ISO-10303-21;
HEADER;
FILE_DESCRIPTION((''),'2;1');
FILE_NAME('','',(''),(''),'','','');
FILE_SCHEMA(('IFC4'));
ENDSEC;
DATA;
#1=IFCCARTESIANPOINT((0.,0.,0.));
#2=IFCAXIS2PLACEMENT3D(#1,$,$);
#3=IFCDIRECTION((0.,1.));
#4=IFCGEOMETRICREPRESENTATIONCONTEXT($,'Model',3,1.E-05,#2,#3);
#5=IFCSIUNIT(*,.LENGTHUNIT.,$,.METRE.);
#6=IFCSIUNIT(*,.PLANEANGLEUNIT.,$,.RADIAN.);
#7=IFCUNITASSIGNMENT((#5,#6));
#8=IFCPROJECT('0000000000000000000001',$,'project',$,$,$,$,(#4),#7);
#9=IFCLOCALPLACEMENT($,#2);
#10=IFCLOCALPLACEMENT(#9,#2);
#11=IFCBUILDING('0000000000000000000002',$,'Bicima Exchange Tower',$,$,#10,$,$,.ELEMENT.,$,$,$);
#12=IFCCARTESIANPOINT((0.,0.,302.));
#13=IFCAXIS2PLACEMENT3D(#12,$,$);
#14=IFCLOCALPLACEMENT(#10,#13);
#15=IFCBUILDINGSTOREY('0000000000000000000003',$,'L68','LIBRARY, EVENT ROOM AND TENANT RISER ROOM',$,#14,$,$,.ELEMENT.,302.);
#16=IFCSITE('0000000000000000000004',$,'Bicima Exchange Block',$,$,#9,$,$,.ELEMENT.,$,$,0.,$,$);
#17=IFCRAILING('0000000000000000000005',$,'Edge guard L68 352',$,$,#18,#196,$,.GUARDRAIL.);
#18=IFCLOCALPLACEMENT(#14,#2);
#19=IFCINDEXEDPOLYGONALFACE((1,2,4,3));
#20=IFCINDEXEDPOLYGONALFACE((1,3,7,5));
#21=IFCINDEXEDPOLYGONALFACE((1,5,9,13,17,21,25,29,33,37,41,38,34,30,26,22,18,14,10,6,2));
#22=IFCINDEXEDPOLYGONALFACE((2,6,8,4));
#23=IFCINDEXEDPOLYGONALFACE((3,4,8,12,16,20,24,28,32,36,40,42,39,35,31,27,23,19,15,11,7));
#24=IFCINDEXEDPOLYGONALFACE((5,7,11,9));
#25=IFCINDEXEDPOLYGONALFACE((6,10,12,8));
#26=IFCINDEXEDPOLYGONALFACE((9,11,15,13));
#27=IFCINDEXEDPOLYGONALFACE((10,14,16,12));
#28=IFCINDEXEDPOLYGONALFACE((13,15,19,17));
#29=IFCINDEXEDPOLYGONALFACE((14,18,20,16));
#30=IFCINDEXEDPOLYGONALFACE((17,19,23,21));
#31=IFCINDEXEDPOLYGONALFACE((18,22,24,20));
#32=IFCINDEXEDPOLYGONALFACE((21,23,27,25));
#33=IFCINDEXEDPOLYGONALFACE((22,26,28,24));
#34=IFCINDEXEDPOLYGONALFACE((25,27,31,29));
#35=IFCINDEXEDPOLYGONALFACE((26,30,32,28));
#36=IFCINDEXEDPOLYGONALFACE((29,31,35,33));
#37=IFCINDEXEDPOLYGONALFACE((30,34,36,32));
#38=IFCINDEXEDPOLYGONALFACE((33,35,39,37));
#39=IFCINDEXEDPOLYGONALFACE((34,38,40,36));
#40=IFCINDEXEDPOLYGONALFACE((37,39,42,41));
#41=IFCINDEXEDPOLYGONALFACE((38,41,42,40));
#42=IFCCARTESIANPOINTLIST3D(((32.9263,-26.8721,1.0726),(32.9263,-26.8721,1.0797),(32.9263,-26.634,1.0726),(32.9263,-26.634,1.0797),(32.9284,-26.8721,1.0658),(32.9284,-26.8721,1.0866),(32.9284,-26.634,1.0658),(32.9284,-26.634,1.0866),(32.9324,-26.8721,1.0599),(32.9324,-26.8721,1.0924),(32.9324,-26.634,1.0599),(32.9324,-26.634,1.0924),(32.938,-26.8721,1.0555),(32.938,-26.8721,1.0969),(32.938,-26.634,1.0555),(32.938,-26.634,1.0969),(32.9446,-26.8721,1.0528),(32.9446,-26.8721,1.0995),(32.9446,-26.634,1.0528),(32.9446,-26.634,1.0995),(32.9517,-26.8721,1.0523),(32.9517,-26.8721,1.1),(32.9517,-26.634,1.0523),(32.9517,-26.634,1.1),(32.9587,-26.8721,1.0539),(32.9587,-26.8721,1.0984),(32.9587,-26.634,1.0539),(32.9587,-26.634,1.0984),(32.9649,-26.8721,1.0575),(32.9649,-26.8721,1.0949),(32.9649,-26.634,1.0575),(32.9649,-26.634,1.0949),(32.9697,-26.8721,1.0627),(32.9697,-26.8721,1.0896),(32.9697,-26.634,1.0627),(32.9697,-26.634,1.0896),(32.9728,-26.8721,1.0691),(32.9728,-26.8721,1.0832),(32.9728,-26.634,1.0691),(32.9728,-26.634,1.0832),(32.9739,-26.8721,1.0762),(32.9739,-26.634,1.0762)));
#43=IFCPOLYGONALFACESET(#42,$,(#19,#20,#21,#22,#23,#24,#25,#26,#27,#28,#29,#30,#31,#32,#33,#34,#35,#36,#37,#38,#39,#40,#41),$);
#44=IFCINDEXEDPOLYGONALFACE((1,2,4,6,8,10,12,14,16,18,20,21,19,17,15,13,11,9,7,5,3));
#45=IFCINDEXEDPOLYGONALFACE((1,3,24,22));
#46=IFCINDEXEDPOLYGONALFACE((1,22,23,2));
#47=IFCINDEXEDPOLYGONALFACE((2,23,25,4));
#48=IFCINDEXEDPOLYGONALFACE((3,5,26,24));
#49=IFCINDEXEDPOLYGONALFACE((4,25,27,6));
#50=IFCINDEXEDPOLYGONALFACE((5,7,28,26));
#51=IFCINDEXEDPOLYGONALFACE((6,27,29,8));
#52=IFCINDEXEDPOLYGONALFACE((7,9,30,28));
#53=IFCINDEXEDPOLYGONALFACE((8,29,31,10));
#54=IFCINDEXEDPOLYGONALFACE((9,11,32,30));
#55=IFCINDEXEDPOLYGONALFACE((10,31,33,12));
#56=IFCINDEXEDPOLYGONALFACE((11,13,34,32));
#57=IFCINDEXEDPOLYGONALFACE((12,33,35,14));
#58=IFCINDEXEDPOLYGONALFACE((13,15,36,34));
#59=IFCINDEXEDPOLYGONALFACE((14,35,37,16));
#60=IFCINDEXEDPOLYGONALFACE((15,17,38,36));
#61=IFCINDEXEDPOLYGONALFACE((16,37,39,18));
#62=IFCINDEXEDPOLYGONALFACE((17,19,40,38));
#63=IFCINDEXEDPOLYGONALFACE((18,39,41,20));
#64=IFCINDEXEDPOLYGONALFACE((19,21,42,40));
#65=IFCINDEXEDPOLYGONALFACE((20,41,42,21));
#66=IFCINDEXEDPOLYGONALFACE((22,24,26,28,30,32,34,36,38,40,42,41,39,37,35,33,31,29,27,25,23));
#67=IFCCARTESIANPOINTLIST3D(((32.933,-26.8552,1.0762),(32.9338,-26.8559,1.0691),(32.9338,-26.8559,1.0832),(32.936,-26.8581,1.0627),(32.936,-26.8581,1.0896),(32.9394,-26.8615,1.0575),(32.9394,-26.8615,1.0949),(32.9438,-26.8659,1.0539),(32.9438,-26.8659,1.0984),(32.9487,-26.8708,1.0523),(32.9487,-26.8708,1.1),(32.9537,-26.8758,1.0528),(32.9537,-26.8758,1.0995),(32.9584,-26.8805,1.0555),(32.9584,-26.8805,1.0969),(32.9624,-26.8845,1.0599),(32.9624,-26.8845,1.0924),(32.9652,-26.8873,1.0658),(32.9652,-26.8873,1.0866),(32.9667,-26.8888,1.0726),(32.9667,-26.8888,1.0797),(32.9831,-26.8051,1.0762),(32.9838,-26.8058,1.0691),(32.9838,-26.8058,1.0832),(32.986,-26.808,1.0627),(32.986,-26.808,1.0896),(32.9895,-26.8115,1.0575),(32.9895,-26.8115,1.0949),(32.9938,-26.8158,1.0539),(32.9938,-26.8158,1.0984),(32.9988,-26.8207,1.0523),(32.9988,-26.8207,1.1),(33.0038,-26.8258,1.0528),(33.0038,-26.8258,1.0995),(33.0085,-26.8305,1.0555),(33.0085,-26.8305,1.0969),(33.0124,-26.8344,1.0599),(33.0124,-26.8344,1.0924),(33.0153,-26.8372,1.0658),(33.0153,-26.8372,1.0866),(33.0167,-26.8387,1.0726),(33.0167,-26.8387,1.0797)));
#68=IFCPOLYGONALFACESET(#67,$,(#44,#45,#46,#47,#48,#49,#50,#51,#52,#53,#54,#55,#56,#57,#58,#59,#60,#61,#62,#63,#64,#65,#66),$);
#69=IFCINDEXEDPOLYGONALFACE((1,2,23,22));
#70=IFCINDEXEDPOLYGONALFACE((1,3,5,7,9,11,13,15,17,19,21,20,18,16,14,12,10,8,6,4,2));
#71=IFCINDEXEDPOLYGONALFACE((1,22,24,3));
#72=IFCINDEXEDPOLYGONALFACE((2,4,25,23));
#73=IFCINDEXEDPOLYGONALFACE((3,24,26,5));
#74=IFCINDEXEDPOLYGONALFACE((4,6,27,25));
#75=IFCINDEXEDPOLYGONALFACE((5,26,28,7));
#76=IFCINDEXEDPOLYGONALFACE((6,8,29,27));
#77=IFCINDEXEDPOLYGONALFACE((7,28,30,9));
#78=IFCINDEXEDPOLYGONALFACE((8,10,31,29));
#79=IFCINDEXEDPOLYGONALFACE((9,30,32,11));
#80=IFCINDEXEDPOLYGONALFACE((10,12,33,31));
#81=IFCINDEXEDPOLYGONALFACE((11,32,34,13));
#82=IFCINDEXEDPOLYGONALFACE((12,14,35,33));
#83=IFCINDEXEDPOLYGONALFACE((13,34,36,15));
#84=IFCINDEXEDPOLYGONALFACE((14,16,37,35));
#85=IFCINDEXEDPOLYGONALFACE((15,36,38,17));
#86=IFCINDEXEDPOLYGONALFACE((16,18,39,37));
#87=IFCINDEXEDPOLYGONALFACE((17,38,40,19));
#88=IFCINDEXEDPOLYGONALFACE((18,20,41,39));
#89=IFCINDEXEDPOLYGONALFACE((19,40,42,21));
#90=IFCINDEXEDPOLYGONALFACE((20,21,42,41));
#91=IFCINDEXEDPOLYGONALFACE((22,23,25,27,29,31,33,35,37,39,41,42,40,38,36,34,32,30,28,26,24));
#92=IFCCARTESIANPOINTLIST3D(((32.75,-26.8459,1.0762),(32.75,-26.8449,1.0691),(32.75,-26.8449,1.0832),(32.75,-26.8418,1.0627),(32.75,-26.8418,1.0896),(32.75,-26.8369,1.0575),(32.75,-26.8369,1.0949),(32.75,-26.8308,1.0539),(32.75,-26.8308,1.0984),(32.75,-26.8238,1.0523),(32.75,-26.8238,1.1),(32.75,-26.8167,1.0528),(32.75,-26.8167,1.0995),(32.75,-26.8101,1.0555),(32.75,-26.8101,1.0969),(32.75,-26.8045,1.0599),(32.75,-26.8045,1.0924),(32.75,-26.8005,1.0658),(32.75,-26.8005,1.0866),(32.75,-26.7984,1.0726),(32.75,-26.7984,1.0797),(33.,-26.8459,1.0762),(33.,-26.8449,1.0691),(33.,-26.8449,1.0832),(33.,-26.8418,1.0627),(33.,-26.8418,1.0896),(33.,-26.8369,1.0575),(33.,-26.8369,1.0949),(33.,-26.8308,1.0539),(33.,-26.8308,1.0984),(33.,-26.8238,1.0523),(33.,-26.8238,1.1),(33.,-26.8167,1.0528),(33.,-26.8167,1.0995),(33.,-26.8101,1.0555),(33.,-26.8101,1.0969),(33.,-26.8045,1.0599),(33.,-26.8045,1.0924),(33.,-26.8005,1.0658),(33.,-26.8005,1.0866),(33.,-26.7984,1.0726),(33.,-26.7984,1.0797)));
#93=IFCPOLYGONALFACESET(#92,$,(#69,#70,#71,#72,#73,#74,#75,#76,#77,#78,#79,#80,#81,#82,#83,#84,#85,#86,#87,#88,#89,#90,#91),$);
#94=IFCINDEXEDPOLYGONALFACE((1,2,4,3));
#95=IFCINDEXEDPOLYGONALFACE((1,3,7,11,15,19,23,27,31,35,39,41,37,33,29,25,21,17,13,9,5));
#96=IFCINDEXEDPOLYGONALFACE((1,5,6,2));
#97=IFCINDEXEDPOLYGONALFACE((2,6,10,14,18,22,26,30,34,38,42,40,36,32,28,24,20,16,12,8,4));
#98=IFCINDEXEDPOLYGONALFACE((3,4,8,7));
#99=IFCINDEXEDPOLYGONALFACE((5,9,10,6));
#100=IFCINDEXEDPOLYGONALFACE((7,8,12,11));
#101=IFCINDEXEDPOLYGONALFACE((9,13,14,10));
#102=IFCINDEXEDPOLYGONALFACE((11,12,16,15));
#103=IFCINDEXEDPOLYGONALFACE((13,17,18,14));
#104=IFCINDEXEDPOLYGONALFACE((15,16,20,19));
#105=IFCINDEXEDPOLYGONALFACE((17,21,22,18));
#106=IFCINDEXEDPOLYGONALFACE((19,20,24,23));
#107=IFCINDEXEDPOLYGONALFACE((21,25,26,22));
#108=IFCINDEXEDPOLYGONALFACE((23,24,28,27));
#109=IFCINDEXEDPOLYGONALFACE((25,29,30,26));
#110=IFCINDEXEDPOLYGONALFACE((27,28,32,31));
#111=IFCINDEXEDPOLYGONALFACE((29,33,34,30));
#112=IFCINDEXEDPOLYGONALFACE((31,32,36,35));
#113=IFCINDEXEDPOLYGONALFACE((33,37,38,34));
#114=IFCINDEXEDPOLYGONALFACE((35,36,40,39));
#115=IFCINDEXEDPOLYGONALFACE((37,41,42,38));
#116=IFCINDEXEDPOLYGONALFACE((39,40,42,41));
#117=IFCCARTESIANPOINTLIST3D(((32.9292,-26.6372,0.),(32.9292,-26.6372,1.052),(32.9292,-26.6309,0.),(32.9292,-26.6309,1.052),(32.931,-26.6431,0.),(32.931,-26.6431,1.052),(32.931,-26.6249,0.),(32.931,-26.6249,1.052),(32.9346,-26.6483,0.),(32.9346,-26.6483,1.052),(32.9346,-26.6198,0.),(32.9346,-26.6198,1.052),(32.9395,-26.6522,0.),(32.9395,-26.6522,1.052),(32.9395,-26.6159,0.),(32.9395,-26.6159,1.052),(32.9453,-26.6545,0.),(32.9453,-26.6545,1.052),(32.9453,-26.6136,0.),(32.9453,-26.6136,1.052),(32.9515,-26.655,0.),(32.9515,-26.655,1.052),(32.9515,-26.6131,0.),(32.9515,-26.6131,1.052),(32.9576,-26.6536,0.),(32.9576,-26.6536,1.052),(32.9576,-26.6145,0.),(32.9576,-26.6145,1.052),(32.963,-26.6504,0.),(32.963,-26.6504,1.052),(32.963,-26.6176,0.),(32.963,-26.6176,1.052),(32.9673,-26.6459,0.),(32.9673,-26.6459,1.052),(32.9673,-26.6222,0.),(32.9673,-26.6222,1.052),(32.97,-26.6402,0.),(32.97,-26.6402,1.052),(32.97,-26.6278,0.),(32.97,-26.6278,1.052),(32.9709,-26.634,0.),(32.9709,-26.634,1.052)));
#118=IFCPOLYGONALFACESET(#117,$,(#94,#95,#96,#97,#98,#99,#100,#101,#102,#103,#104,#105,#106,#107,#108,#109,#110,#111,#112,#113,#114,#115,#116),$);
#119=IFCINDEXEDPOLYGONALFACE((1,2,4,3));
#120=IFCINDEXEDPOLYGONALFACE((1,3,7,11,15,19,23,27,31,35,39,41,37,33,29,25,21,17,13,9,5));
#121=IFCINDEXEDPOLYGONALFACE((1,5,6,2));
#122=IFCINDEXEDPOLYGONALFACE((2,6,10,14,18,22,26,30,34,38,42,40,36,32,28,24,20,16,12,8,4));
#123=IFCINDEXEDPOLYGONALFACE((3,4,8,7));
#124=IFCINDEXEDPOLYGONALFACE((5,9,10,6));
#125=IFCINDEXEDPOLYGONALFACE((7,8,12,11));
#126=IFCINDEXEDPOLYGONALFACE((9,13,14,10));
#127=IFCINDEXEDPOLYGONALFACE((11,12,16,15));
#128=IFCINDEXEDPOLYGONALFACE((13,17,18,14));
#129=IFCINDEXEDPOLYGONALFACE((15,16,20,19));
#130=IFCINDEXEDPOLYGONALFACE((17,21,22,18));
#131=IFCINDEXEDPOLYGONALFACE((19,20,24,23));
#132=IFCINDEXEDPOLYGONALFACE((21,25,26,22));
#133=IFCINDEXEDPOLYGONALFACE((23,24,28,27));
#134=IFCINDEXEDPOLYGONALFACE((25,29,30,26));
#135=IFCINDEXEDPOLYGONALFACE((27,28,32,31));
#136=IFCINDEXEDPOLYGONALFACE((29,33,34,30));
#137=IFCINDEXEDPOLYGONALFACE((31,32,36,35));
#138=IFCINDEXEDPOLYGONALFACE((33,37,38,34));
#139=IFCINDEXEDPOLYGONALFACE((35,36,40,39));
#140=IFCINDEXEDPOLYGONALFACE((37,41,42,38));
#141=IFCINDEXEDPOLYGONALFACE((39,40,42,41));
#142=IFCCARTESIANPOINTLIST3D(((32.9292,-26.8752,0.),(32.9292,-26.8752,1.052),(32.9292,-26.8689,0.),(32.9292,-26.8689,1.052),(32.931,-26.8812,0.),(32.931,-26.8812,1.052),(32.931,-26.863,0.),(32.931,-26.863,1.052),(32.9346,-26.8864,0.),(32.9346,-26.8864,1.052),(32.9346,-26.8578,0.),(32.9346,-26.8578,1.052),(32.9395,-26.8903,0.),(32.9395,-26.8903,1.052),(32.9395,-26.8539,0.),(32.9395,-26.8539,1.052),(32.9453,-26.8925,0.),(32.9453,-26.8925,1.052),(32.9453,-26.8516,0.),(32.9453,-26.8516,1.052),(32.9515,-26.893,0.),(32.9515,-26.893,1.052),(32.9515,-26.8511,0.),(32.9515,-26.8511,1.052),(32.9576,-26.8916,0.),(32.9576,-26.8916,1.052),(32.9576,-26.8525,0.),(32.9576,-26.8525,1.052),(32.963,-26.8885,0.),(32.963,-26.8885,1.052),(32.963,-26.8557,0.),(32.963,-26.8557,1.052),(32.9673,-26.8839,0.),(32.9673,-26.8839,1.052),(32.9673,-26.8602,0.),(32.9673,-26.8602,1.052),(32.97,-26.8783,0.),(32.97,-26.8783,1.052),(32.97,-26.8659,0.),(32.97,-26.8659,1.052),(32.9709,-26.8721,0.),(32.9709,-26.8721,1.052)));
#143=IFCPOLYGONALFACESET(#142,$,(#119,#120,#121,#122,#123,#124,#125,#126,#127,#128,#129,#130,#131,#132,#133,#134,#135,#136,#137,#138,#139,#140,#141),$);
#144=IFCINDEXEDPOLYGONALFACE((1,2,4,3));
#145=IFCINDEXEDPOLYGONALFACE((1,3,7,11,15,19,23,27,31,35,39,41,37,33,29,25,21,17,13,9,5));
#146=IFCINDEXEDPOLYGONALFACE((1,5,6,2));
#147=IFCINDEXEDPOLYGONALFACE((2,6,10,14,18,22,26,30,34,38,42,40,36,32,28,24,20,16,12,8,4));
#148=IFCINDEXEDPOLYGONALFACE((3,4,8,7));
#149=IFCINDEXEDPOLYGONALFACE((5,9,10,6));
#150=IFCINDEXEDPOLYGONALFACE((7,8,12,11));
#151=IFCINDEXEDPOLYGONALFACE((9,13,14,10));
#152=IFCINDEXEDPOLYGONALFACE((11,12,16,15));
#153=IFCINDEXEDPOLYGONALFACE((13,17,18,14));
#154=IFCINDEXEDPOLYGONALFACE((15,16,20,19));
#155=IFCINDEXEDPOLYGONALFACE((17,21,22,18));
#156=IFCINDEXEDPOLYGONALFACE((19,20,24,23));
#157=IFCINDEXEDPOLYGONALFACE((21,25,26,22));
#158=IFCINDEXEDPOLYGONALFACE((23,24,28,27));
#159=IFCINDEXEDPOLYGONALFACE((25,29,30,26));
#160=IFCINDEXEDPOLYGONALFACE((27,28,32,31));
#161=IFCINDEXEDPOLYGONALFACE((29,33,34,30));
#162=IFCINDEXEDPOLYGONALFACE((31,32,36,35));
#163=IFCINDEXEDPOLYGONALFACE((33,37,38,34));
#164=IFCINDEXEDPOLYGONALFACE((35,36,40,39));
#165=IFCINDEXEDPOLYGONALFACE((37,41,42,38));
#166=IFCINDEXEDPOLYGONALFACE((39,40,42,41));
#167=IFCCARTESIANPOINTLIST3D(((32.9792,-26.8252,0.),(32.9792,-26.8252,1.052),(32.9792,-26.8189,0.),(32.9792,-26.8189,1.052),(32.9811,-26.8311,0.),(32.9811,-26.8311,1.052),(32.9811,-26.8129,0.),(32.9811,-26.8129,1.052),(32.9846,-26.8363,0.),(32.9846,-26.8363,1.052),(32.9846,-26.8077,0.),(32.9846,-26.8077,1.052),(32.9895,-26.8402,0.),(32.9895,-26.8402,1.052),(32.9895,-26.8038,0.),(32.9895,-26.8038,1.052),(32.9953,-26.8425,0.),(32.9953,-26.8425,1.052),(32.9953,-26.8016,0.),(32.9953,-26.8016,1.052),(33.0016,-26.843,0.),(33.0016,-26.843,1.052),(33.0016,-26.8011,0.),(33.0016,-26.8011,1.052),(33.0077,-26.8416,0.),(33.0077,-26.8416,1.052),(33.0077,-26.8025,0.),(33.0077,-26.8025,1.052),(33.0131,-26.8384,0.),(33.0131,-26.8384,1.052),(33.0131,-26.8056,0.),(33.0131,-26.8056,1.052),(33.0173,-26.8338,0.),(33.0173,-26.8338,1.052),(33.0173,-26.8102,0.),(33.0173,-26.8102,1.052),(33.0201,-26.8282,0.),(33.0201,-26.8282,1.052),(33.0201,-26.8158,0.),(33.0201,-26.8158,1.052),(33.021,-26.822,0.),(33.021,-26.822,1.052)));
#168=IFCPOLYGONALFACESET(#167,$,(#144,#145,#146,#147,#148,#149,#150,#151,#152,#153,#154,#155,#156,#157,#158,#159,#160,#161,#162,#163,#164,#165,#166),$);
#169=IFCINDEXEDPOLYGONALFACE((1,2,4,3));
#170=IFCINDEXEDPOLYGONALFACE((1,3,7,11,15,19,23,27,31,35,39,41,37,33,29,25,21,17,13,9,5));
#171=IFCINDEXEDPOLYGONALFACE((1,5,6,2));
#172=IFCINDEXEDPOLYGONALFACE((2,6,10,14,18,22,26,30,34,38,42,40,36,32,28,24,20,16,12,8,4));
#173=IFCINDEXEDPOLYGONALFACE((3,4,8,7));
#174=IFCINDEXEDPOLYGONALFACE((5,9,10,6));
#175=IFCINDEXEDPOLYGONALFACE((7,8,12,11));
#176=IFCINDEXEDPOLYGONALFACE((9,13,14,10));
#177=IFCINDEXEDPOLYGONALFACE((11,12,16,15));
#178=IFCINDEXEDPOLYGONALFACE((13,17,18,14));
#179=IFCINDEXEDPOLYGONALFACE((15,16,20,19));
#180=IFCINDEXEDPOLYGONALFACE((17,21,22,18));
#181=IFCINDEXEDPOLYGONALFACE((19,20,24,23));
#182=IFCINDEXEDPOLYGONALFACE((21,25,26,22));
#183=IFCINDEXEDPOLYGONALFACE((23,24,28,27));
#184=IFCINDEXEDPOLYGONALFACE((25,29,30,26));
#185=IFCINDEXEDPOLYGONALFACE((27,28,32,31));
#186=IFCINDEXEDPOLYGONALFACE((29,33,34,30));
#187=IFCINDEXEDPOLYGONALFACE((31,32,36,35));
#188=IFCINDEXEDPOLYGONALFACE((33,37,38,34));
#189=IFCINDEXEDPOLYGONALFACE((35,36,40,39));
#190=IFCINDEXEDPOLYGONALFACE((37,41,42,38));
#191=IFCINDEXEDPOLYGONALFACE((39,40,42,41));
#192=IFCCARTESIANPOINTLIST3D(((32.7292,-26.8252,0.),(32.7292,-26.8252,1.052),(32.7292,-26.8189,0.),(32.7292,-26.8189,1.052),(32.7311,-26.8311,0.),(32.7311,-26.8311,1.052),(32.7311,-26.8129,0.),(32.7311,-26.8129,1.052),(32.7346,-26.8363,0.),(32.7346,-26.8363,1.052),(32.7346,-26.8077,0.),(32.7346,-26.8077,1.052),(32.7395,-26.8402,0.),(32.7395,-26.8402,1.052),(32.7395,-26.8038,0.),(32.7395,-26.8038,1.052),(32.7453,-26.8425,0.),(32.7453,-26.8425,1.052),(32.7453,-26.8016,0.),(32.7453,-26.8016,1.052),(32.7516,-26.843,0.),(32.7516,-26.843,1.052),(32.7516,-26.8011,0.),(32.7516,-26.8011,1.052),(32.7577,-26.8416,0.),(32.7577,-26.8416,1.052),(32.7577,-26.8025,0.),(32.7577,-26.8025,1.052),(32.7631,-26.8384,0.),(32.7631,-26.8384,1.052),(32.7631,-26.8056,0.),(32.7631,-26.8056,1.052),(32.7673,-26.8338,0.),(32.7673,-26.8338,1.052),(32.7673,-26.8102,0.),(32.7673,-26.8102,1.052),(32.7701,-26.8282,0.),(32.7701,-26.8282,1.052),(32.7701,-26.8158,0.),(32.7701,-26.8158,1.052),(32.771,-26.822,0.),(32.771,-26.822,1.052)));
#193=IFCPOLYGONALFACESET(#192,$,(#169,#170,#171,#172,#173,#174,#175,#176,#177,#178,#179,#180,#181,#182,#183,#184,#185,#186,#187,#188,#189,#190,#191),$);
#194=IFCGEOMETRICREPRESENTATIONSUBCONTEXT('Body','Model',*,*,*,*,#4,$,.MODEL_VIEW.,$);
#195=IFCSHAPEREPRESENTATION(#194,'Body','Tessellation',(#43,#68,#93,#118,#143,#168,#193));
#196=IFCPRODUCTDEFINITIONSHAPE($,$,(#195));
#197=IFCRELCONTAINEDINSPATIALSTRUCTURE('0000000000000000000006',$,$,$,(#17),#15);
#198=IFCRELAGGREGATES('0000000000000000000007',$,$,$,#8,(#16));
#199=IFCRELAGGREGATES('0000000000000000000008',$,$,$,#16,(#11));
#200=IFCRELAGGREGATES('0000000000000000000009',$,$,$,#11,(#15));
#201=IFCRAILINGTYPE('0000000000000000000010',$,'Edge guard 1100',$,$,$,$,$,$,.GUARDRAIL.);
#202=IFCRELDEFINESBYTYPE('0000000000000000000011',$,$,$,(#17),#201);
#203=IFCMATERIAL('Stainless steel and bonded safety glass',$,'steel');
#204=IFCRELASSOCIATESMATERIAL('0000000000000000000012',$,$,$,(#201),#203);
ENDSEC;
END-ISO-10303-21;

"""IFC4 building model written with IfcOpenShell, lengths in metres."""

from ifc_helpers import new_model, si_unit, direction, frame, origin, origin_2d, place, context, subcontext, project, spatial, circle, extrude, material, type_object, element, save


model = new_model("IFC4")

# Units and contexts
model_context = context("Model", 3, precision=1e-05, world=origin(), true_north=direction((0.0, 1.0)))
body_context = subcontext(model_context, "Body", "Model", "MODEL_VIEW")
ifc_project = project(units=[si_unit("LENGTHUNIT", "METRE"), si_unit("PLANEANGLEUNIT", "RADIAN")], contexts=[model_context])

# Site, building, storey
site_placement = place(None, origin())
site = spatial("IfcSite", under=ifc_project, at=site_placement, Name="Bicima Exchange Block", CompositionType="ELEMENT", RefElevation=0.0)
building_placement = place(site_placement, origin())
building = spatial("IfcBuilding", under=site, at=building_placement, Name="Bicima Exchange Tower", CompositionType="ELEMENT")
storey_placement = place(building_placement, frame((0.0, 0.0, 302.0)))
storey = spatial("IfcBuildingStorey", under=building, at=storey_placement, Name="L68", Description="LIBRARY, EVENT ROOM AND TENANT RISER ROOM", CompositionType="ELEMENT", Elevation=302.0)

# Railing
ifc_material_1 = material(Name="Stainless steel and bonded safety glass", Category="steel")
railing_type = type_object("IfcRailingType", Name="Edge guard 1100", PredefinedType="GUARDRAIL", material=ifc_material_1)
railing_1_placement = place(storey_placement, frame((32.95, -26.634, 0.0)))
element("IfcRailing", 1, at=railing_1_placement, inside=storey, type_object=railing_type, Name="Edge guard L68 352", PredefinedType="GUARDRAIL", context=body_context, shape_type="SweptSolid", body=[
    extrude(circle(Radius=0.0239, at=origin_2d()), frame((0.0, 0.0, 1.0762), z_axis=(0.0, -1.0, 0.0), x_axis=(1.0, 0.0, 0.0)), (0.0, 0.0, 1.0), 0.238),
    extrude(circle(Radius=0.0239, at=origin_2d()), frame((0.0, -0.238, 1.0762), z_axis=(0.707107, 0.707107, 0.0), x_axis=(-0.707107, 0.707107, 0.0)), (0.0, 0.0, 1.0), 0.0708),
    extrude(circle(Radius=0.0239, at=origin_2d()), frame((0.05, -0.188, 1.0762), z_axis=(-1.0, 0.0, 0.0), x_axis=(0.0, -1.0, 0.0)), (0.0, 0.0, 1.0), 0.25),
    extrude(circle(Radius=0.021, at=origin_2d()), origin(), (0.0, 0.0, 1.0), 1.052),
    extrude(circle(Radius=0.021, at=origin_2d()), frame((0.0, -0.238, 0.0)), (0.0, 0.0, 1.0), 1.052),
    extrude(circle(Radius=0.021, at=origin_2d()), frame((0.05, -0.188, 0.0)), (0.0, 0.0, 1.0), 1.052),
    extrude(circle(Radius=0.021, at=origin_2d()), frame((-0.2, -0.188, 0.0)), (0.0, 0.0, 1.0), 1.052),
])

save(model, "model.ifc")
